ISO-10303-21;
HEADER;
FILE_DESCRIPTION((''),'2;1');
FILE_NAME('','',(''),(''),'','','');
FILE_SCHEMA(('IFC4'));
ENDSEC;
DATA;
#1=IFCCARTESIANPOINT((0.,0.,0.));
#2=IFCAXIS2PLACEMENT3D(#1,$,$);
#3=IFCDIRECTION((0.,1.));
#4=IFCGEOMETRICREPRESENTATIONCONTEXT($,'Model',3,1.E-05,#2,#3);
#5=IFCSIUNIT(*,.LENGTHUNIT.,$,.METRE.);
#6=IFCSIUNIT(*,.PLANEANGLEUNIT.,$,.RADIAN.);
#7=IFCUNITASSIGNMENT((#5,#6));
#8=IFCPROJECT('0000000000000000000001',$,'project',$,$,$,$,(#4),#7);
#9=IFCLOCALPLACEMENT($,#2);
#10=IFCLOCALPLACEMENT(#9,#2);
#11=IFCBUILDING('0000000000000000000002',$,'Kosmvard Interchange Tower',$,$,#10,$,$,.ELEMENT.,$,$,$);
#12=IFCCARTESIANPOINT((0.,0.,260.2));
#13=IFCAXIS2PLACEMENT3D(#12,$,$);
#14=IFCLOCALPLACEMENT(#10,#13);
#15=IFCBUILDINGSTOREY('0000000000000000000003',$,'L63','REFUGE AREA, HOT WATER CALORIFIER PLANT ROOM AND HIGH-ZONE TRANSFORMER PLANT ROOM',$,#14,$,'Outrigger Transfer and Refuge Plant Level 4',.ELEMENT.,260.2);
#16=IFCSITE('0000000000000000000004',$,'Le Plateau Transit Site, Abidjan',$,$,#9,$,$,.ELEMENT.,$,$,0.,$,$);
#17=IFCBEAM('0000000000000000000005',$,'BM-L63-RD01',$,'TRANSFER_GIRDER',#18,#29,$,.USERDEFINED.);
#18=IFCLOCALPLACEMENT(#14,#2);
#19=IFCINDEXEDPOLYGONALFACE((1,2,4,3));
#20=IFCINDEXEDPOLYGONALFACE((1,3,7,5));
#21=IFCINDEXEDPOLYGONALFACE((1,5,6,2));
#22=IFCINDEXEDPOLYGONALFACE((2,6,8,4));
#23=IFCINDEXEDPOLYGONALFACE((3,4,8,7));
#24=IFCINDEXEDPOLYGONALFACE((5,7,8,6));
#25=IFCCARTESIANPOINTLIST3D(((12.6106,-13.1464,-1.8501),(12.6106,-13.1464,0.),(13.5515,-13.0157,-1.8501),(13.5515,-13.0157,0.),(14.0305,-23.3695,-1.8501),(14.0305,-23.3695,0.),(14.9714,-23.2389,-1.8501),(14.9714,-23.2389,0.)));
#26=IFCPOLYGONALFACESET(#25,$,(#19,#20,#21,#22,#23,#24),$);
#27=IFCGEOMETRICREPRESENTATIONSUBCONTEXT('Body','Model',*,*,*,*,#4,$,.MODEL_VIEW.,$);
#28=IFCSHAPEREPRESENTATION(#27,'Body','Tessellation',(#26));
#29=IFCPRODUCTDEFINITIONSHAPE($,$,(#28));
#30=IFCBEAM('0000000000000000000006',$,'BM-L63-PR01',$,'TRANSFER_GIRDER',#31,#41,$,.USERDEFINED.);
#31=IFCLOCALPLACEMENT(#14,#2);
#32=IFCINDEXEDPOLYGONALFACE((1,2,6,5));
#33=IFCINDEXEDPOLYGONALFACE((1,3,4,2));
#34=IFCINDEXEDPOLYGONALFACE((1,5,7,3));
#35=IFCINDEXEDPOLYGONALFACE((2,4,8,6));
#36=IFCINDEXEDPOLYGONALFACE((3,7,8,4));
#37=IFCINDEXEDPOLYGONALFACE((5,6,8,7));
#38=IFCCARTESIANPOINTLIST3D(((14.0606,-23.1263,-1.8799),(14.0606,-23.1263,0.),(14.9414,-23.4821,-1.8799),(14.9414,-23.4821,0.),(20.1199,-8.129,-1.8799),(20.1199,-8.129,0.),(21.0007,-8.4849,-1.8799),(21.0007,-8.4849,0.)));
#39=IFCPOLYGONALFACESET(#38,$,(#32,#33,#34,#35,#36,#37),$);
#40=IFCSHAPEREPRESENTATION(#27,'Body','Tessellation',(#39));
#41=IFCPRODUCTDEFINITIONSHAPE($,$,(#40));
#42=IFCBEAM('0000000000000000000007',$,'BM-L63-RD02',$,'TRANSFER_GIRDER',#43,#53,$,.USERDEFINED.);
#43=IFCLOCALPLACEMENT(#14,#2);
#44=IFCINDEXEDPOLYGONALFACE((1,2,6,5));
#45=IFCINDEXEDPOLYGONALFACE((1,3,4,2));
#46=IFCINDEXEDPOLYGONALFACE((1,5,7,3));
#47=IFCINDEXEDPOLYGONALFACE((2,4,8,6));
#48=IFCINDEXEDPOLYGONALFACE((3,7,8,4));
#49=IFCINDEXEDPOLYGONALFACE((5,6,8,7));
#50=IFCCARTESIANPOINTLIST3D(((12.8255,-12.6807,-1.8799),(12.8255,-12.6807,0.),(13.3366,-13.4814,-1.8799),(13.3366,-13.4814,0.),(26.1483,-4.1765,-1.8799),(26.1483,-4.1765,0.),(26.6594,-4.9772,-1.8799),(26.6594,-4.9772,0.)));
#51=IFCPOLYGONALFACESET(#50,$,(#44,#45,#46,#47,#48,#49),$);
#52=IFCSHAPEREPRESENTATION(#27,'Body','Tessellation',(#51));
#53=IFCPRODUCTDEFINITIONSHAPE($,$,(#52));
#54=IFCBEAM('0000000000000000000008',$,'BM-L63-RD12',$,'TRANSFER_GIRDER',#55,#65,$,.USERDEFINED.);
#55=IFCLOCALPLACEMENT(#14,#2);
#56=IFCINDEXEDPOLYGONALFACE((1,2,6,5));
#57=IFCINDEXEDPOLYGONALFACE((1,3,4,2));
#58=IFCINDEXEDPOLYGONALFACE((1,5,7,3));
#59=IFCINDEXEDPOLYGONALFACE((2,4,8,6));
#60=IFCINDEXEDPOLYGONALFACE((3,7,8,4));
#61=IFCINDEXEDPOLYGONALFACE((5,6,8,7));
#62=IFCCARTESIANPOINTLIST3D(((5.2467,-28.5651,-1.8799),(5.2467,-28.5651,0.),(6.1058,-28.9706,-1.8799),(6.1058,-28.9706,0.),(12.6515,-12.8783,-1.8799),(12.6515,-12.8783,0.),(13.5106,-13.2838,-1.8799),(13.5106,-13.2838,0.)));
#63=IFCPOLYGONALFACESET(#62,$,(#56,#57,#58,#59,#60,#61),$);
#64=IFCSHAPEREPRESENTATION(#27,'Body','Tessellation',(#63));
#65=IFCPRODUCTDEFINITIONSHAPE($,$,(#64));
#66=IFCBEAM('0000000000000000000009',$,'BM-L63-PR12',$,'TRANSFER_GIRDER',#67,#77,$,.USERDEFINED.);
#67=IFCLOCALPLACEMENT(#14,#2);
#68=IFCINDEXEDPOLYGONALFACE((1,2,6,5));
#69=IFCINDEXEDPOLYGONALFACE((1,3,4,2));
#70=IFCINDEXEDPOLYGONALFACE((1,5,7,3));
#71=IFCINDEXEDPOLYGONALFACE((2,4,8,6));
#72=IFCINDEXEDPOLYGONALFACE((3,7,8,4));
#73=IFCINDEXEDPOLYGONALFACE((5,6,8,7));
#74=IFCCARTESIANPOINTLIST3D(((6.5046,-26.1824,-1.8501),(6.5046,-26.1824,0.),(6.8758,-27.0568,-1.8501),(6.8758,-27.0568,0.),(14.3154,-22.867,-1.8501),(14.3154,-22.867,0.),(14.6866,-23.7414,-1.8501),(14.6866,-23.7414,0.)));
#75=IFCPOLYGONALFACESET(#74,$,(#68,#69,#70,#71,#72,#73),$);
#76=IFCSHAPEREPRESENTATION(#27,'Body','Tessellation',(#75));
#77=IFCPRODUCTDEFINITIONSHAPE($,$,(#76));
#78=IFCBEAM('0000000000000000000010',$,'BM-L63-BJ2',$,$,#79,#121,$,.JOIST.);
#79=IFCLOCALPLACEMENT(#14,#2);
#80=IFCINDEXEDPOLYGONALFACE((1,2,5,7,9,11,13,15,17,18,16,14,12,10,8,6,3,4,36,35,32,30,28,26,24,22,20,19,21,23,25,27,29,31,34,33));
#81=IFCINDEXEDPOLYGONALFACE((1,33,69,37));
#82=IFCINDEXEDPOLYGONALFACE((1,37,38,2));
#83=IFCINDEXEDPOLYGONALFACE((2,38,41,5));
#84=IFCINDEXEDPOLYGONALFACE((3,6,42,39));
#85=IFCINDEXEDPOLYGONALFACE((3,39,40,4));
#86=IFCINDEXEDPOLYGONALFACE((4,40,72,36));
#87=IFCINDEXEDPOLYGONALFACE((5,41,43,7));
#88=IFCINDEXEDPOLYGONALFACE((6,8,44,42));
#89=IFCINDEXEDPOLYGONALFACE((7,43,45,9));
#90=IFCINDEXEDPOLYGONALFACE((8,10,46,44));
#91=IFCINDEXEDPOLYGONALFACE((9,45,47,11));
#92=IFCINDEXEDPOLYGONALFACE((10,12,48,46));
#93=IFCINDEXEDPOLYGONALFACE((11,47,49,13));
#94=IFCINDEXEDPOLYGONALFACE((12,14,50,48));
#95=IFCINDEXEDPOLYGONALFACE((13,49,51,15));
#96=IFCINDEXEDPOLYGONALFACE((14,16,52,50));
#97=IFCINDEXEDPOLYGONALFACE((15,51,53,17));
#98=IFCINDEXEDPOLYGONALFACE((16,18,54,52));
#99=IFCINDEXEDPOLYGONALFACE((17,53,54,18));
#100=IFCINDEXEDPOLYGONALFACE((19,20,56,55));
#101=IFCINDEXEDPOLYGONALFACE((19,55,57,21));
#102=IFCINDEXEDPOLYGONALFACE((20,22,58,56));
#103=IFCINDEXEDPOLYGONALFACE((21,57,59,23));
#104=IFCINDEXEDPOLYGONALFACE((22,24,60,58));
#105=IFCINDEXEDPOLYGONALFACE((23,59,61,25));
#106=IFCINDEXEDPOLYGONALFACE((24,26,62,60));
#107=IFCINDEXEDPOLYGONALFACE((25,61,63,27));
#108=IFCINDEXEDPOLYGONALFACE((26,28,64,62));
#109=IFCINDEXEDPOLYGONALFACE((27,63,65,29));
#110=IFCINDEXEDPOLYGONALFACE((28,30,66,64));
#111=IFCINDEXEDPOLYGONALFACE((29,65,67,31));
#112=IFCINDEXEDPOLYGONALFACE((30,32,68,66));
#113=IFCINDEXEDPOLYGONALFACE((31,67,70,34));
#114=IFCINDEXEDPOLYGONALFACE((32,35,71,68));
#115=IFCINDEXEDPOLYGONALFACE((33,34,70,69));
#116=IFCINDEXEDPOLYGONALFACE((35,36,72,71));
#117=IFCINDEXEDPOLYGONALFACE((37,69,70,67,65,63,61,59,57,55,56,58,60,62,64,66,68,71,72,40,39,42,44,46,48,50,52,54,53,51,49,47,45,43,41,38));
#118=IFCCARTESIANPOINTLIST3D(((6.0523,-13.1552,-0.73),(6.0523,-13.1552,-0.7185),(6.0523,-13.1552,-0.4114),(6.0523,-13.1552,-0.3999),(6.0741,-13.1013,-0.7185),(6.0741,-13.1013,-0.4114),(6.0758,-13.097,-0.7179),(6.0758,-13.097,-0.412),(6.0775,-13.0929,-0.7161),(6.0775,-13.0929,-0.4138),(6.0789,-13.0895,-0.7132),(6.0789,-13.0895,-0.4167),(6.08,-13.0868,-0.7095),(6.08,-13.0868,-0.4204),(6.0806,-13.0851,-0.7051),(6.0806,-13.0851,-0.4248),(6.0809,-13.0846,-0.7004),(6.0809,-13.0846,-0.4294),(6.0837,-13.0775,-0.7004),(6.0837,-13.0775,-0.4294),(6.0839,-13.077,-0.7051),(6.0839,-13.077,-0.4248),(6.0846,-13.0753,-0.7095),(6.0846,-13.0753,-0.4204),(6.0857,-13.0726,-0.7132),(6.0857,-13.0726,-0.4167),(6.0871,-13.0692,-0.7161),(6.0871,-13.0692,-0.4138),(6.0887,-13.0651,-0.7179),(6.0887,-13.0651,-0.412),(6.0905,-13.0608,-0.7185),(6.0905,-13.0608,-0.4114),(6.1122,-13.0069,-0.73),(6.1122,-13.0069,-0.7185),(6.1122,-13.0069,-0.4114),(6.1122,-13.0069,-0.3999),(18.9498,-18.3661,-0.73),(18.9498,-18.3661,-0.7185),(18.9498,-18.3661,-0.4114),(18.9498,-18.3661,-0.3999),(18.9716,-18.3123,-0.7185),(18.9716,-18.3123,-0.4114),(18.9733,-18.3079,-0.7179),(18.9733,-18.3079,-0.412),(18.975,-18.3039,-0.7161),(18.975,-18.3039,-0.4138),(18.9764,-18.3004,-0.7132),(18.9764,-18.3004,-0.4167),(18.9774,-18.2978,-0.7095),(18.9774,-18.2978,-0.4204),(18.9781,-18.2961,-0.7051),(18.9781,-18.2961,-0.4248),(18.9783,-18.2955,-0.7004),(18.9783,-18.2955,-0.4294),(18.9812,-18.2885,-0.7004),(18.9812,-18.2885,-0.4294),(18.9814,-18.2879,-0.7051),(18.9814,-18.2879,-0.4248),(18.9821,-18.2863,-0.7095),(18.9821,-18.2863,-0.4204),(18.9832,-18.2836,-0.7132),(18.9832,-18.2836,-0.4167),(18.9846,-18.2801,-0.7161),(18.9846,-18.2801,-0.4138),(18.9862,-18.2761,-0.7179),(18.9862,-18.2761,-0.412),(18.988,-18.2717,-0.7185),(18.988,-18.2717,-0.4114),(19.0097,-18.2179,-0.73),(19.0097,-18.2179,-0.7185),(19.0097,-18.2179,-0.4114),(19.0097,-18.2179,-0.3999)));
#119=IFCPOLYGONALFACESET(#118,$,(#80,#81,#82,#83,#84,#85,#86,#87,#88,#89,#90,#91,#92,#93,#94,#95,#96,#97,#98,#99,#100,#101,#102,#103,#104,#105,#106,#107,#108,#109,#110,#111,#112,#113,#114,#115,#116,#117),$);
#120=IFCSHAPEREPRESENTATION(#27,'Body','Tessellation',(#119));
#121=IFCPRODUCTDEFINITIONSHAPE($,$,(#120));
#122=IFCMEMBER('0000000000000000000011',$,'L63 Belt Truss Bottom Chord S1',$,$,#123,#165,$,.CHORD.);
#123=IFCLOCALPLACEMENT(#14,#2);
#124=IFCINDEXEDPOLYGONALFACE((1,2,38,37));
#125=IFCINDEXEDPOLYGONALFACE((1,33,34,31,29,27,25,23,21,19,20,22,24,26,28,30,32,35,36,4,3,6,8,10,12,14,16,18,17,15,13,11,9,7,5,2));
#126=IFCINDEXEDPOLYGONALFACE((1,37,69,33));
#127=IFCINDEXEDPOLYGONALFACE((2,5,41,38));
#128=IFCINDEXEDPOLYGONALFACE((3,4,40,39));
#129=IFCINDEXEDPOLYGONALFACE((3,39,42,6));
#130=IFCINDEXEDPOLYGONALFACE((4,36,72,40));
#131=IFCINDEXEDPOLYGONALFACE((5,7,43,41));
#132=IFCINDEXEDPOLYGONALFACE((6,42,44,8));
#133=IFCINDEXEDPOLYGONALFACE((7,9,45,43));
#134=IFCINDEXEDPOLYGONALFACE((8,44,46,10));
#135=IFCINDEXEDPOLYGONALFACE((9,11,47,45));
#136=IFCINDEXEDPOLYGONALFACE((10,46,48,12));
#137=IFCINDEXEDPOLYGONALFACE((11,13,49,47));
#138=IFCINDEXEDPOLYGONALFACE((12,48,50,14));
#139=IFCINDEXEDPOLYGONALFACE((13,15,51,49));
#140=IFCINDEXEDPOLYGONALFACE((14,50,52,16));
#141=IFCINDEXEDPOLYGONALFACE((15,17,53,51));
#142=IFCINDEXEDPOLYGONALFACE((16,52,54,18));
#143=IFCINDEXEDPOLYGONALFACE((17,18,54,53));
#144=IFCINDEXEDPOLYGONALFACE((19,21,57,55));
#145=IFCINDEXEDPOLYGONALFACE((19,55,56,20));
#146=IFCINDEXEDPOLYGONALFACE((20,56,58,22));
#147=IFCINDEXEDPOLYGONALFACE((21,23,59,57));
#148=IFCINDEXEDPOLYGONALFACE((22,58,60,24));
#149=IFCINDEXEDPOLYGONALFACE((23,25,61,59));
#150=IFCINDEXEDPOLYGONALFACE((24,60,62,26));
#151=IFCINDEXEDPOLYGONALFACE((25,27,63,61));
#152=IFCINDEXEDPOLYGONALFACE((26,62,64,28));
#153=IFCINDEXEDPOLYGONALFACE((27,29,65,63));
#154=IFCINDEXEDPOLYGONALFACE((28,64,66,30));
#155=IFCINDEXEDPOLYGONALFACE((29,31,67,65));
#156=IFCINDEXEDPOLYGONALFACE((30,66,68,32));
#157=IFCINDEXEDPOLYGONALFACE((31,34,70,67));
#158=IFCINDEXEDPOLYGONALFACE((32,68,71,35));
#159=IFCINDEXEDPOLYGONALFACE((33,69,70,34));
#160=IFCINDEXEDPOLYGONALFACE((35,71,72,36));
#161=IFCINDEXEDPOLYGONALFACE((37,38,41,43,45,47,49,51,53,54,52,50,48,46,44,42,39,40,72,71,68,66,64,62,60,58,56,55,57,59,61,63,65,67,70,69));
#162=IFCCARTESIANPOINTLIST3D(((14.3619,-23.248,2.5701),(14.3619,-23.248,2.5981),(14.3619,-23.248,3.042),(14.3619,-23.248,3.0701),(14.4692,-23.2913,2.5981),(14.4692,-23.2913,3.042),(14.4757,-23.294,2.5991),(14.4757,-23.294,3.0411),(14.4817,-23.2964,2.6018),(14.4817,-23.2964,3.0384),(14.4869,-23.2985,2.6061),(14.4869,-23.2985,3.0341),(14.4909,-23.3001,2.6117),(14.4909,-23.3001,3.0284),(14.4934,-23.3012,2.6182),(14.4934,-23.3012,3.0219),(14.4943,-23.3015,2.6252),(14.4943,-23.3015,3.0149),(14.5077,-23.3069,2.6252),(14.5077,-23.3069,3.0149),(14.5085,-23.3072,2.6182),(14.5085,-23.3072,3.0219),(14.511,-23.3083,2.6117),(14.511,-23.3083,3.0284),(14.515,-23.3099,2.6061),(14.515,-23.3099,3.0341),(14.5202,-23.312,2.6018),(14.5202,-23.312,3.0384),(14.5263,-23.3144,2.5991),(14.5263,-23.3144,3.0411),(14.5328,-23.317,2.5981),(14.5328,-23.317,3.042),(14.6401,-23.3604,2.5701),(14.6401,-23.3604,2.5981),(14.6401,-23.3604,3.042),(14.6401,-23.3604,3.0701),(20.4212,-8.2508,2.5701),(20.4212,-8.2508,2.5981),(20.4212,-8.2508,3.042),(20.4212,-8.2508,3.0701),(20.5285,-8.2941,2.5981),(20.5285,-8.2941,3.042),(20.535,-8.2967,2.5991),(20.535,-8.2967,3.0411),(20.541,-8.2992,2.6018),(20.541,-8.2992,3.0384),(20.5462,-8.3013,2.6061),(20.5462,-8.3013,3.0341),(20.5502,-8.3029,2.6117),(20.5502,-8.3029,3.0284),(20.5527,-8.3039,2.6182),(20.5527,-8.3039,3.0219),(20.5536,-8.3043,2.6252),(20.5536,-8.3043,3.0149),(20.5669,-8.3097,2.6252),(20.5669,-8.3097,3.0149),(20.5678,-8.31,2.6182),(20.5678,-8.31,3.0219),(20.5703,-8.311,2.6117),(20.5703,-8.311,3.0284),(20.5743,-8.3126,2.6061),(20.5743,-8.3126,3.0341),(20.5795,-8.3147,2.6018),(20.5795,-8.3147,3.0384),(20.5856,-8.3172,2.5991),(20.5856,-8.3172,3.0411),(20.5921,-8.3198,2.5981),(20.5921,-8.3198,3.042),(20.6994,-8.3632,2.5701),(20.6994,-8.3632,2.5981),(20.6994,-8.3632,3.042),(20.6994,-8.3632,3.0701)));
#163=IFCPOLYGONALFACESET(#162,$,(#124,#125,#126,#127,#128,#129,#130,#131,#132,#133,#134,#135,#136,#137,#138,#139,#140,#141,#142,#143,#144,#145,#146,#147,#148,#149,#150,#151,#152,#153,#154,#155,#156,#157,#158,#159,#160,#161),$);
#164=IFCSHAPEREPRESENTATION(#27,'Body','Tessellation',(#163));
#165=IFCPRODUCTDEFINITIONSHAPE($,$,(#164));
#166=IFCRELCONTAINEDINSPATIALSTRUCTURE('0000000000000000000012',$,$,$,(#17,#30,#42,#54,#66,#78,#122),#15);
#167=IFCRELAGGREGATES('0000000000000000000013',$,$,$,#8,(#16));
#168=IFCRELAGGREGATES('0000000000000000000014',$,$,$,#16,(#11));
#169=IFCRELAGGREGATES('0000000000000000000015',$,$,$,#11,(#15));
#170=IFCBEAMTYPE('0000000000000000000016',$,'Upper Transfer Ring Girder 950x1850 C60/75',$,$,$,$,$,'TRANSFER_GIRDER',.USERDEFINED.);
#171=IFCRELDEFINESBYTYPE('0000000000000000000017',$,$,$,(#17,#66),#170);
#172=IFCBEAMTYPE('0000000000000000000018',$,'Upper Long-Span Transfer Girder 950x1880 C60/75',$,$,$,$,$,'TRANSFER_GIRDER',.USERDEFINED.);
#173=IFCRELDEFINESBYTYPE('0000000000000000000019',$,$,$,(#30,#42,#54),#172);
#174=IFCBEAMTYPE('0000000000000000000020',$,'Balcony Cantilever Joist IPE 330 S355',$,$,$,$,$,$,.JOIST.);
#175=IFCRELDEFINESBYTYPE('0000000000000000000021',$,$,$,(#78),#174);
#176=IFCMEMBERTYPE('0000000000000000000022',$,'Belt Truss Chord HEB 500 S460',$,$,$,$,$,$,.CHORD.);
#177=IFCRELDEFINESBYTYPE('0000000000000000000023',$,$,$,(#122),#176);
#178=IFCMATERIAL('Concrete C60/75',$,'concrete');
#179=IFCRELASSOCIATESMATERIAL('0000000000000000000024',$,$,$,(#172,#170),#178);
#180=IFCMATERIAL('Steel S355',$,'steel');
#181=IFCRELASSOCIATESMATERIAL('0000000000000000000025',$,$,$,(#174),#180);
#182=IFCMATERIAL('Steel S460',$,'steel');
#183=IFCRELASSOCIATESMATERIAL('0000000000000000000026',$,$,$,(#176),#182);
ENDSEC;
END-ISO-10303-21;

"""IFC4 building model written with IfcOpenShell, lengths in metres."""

from ifc_helpers import new_model, si_unit, direction, frame, origin, origin_2d, place, context, subcontext, project, spatial, rectangle, i_section, extrude, source, transform, mapped, material, material_profile, profile_set, type_object, element, save


model = new_model("IFC4")

# Units and contexts
model_context = context("Model", 3, precision=1e-05, world=origin(), true_north=direction((0.0, 1.0)))
body_context = subcontext(model_context, "Body", "Model", "MODEL_VIEW")
ifc_project = project(units=[si_unit("LENGTHUNIT", "METRE"), si_unit("PLANEANGLEUNIT", "RADIAN")], contexts=[model_context])

# Site, building, storey
site_placement = place(None, origin())
site = spatial("IfcSite", under=ifc_project, at=site_placement, Name="Le Plateau Transit Site, Abidjan", CompositionType="ELEMENT", RefElevation=0.0)
building_placement = place(site_placement, origin())
building = spatial("IfcBuilding", under=site, at=building_placement, Name="Kosmvard Interchange Tower", CompositionType="ELEMENT")
storey_placement = place(building_placement, frame((0.0, 0.0, 260.2)))
storey = spatial("IfcBuildingStorey", under=building, at=storey_placement, Name="L63", Description="REFUGE AREA, HOT WATER CALORIFIER PLANT ROOM AND HIGH-ZONE TRANSFORMER PLANT ROOM", LongName="Outrigger Transfer and Refuge Plant Level 4", CompositionType="ELEMENT", Elevation=260.2)

# Shared definitions
ifc_material_1 = material(Name="Concrete C60/75", Category="concrete")

# Beams
ifc_material_2 = material(Name="Steel S355", Category="steel")
ifc_material_profile_1 = material_profile(ifc_material_1, rectangle(XDim=0.95, YDim=1.8799, at=origin_2d()), Name="TG 950x1880")
ifc_profile_set_1 = profile_set([ifc_material_profile_1], Name="Concrete C60/75")
beam_type_1 = type_object("IfcBeamType", Name="Upper Long-Span Transfer Girder 950x1880 C60/75", ElementType="TRANSFER_GIRDER", PredefinedType="USERDEFINED", material=ifc_profile_set_1)
ifc_material_profile_2 = material_profile(ifc_material_1, rectangle(XDim=0.95, YDim=1.8501, at=origin_2d()), Name="TG 950x1850")
ifc_profile_set_2 = profile_set([ifc_material_profile_2], Name="Concrete C60/75")
beam_type_2 = type_object("IfcBeamType", Name="Upper Transfer Ring Girder 950x1850 C60/75", ElementType="TRANSFER_GIRDER", PredefinedType="USERDEFINED", material=ifc_profile_set_2)
shared_shape_1 = source(origin(), body_context, "Body", "SweptSolid", [
    extrude(rectangle(XDim=0.95, YDim=1.8501, at=origin_2d()), origin(), (0.0, 0.0, 1.0), 10.3213),
])
beam_1_placement = place(storey_placement, frame((13.0811, -13.0811, -0.925), z_axis=(0.137572, -0.990492, 0.0), x_axis=(0.990492, 0.137572, 0.0)))
element("IfcBeam", 1, at=beam_1_placement, inside=storey, type_object=beam_type_2, Name="BM-L63-RD01", ObjectType="TRANSFER_GIRDER", PredefinedType="USERDEFINED", context=body_context, shape_type="MappedRepresentation", body=[
    mapped(shared_shape_1, transform((0.0, 0.0, 0.0), scale=1.0)),
])
shared_shape_2 = source(origin(), body_context, "Body", "SweptSolid", [
    extrude(rectangle(XDim=0.95, YDim=1.8799, at=origin_2d()), origin(), (0.0, 0.0, 1.0), 16.175),
])
beam_2_placement = place(storey_placement, frame((14.501, -23.3042, -0.9399), z_axis=(0.374608, 0.927183, 0.0), x_axis=(-0.927183, 0.374608, 0.0)))
element("IfcBeam", 2, at=beam_2_placement, inside=storey, type_object=beam_type_1, Name="BM-L63-PR01", ObjectType="TRANSFER_GIRDER", PredefinedType="USERDEFINED", context=body_context, shape_type="MappedRepresentation", body=[
    mapped(shared_shape_2, transform((0.0, 0.0, 0.0), scale=1.0)),
])
shared_shape_3 = source(origin(), body_context, "Body", "SweptSolid", [
    extrude(rectangle(XDim=0.95, YDim=1.8799, at=origin_2d()), origin(), (0.0, 0.0, 1.0), 15.8057),
])
beam_3_placement = place(storey_placement, frame((13.0811, -13.0811, -0.9399), z_axis=(0.842915, 0.538047, 0.0), x_axis=(-0.538047, 0.842915, 0.0)))
element("IfcBeam", 3, at=beam_3_placement, inside=storey, type_object=beam_type_1, Name="BM-L63-RD02", ObjectType="TRANSFER_GIRDER", PredefinedType="USERDEFINED", context=body_context, shape_type="MappedRepresentation", body=[
    mapped(shared_shape_3, transform((0.0, 0.0, 0.0), scale=1.0)),
])
shared_shape_4 = source(origin(), body_context, "Body", "SweptSolid", [
    extrude(rectangle(XDim=0.95, YDim=1.8799, at=origin_2d()), origin(), (0.0, 0.0, 1.0), 17.3467),
])
beam_4_placement = place(storey_placement, frame((13.0811, -13.0811, -0.9399), z_axis=(-0.426872, -0.904312, 0.0), x_axis=(0.904312, -0.426872, 0.0)))
element("IfcBeam", 4, at=beam_4_placement, inside=storey, type_object=beam_type_1, Name="BM-L63-RD12", ObjectType="TRANSFER_GIRDER", PredefinedType="USERDEFINED", context=body_context, shape_type="MappedRepresentation", body=[
    mapped(shared_shape_4, transform((0.0, 0.0, 0.0), scale=1.0)),
])
shared_shape_5 = source(origin(), body_context, "Body", "SweptSolid", [
    extrude(rectangle(XDim=0.95, YDim=1.8501, at=origin_2d()), origin(), (0.0, 0.0, 1.0), 8.4854),
])
beam_5_placement = place(storey_placement, frame((6.6902, -26.6196, -0.925), z_axis=(0.920507, 0.390726, 0.0), x_axis=(-0.390726, 0.920507, 0.0)))
element("IfcBeam", 5, at=beam_5_placement, inside=storey, type_object=beam_type_2, Name="BM-L63-PR12", ObjectType="TRANSFER_GIRDER", PredefinedType="USERDEFINED", context=body_context, shape_type="MappedRepresentation", body=[
    mapped(shared_shape_5, transform((0.0, 0.0, 0.0), scale=1.0)),
])
ifc_material_profile_3 = material_profile(ifc_material_2, i_section(OverallWidth=0.1599, OverallDepth=0.3301, WebThickness=0.0076, FlangeThickness=0.0115, FilletRadius=0.0181, at=origin_2d()), Name="IPE 330")
ifc_profile_set_3 = profile_set([ifc_material_profile_3], Name="Steel S355")
beam_type_3 = type_object("IfcBeamType", Name="Balcony Cantilever Joist IPE 330 S355", PredefinedType="JOIST", material=ifc_profile_set_3)
shared_shape_6 = source(origin(), body_context, "Body", "SweptSolid", [
    extrude(i_section(OverallWidth=0.1599, OverallDepth=0.3301, WebThickness=0.0076, FlangeThickness=0.0115, FilletRadius=0.0181, at=origin_2d()), origin(), (0.0, 0.0, 1.0), 13.9104),
])
beam_6_placement = place(storey_placement, frame((6.0823, -13.0811, -0.5649), z_axis=(0.927183, -0.374608, 0.0), x_axis=(0.374608, 0.927183, 0.0)))
element("IfcBeam", 6, at=beam_6_placement, inside=storey, type_object=beam_type_3, Name="BM-L63-BJ2", PredefinedType="JOIST", context=body_context, shape_type="MappedRepresentation", body=[
    mapped(shared_shape_6, transform((0.0, 0.0, 0.0), scale=1.0)),
])

# Member
ifc_material_3 = material(Name="Steel S460", Category="steel")
ifc_material_profile_4 = material_profile(ifc_material_3, i_section(OverallWidth=0.3, OverallDepth=0.5, WebThickness=0.0144, FlangeThickness=0.0281, FilletRadius=0.0271, at=origin_2d()), Name="HEB 500")
ifc_profile_set_4 = profile_set([ifc_material_profile_4], Name="Steel S460")
member_type_1 = type_object("IfcMemberType", Name="Belt Truss Chord HEB 500 S460", PredefinedType="CHORD", material=ifc_profile_set_4)
shared_shape_7 = source(origin(), body_context, "Body", "SweptSolid", [
    extrude(i_section(OverallWidth=0.3, OverallDepth=0.5, WebThickness=0.0144, FlangeThickness=0.0281, FilletRadius=0.0271, at=origin_2d()), origin(), (0.0, 0.0, 1.0), 16.175),
])
for number, where, z_axis, x_axis, name in (
    (7, (14.501, -23.3042, 2.8201), (0.374608, 0.927183, 0.0), (-0.927183, 0.374608, 0.0), "L63 Belt Truss Bottom Chord S1"),
):
    element("IfcMember", number, at=place(storey_placement, frame(where, z_axis=z_axis, x_axis=x_axis)), inside=storey, type_object=member_type_1, Name=name, PredefinedType="CHORD", context=body_context, shape_type="MappedRepresentation", body=[
        mapped(shared_shape_7, transform((0.0, 0.0, 0.0), scale=1.0)),
    ])

save(model, "model.ifc")
